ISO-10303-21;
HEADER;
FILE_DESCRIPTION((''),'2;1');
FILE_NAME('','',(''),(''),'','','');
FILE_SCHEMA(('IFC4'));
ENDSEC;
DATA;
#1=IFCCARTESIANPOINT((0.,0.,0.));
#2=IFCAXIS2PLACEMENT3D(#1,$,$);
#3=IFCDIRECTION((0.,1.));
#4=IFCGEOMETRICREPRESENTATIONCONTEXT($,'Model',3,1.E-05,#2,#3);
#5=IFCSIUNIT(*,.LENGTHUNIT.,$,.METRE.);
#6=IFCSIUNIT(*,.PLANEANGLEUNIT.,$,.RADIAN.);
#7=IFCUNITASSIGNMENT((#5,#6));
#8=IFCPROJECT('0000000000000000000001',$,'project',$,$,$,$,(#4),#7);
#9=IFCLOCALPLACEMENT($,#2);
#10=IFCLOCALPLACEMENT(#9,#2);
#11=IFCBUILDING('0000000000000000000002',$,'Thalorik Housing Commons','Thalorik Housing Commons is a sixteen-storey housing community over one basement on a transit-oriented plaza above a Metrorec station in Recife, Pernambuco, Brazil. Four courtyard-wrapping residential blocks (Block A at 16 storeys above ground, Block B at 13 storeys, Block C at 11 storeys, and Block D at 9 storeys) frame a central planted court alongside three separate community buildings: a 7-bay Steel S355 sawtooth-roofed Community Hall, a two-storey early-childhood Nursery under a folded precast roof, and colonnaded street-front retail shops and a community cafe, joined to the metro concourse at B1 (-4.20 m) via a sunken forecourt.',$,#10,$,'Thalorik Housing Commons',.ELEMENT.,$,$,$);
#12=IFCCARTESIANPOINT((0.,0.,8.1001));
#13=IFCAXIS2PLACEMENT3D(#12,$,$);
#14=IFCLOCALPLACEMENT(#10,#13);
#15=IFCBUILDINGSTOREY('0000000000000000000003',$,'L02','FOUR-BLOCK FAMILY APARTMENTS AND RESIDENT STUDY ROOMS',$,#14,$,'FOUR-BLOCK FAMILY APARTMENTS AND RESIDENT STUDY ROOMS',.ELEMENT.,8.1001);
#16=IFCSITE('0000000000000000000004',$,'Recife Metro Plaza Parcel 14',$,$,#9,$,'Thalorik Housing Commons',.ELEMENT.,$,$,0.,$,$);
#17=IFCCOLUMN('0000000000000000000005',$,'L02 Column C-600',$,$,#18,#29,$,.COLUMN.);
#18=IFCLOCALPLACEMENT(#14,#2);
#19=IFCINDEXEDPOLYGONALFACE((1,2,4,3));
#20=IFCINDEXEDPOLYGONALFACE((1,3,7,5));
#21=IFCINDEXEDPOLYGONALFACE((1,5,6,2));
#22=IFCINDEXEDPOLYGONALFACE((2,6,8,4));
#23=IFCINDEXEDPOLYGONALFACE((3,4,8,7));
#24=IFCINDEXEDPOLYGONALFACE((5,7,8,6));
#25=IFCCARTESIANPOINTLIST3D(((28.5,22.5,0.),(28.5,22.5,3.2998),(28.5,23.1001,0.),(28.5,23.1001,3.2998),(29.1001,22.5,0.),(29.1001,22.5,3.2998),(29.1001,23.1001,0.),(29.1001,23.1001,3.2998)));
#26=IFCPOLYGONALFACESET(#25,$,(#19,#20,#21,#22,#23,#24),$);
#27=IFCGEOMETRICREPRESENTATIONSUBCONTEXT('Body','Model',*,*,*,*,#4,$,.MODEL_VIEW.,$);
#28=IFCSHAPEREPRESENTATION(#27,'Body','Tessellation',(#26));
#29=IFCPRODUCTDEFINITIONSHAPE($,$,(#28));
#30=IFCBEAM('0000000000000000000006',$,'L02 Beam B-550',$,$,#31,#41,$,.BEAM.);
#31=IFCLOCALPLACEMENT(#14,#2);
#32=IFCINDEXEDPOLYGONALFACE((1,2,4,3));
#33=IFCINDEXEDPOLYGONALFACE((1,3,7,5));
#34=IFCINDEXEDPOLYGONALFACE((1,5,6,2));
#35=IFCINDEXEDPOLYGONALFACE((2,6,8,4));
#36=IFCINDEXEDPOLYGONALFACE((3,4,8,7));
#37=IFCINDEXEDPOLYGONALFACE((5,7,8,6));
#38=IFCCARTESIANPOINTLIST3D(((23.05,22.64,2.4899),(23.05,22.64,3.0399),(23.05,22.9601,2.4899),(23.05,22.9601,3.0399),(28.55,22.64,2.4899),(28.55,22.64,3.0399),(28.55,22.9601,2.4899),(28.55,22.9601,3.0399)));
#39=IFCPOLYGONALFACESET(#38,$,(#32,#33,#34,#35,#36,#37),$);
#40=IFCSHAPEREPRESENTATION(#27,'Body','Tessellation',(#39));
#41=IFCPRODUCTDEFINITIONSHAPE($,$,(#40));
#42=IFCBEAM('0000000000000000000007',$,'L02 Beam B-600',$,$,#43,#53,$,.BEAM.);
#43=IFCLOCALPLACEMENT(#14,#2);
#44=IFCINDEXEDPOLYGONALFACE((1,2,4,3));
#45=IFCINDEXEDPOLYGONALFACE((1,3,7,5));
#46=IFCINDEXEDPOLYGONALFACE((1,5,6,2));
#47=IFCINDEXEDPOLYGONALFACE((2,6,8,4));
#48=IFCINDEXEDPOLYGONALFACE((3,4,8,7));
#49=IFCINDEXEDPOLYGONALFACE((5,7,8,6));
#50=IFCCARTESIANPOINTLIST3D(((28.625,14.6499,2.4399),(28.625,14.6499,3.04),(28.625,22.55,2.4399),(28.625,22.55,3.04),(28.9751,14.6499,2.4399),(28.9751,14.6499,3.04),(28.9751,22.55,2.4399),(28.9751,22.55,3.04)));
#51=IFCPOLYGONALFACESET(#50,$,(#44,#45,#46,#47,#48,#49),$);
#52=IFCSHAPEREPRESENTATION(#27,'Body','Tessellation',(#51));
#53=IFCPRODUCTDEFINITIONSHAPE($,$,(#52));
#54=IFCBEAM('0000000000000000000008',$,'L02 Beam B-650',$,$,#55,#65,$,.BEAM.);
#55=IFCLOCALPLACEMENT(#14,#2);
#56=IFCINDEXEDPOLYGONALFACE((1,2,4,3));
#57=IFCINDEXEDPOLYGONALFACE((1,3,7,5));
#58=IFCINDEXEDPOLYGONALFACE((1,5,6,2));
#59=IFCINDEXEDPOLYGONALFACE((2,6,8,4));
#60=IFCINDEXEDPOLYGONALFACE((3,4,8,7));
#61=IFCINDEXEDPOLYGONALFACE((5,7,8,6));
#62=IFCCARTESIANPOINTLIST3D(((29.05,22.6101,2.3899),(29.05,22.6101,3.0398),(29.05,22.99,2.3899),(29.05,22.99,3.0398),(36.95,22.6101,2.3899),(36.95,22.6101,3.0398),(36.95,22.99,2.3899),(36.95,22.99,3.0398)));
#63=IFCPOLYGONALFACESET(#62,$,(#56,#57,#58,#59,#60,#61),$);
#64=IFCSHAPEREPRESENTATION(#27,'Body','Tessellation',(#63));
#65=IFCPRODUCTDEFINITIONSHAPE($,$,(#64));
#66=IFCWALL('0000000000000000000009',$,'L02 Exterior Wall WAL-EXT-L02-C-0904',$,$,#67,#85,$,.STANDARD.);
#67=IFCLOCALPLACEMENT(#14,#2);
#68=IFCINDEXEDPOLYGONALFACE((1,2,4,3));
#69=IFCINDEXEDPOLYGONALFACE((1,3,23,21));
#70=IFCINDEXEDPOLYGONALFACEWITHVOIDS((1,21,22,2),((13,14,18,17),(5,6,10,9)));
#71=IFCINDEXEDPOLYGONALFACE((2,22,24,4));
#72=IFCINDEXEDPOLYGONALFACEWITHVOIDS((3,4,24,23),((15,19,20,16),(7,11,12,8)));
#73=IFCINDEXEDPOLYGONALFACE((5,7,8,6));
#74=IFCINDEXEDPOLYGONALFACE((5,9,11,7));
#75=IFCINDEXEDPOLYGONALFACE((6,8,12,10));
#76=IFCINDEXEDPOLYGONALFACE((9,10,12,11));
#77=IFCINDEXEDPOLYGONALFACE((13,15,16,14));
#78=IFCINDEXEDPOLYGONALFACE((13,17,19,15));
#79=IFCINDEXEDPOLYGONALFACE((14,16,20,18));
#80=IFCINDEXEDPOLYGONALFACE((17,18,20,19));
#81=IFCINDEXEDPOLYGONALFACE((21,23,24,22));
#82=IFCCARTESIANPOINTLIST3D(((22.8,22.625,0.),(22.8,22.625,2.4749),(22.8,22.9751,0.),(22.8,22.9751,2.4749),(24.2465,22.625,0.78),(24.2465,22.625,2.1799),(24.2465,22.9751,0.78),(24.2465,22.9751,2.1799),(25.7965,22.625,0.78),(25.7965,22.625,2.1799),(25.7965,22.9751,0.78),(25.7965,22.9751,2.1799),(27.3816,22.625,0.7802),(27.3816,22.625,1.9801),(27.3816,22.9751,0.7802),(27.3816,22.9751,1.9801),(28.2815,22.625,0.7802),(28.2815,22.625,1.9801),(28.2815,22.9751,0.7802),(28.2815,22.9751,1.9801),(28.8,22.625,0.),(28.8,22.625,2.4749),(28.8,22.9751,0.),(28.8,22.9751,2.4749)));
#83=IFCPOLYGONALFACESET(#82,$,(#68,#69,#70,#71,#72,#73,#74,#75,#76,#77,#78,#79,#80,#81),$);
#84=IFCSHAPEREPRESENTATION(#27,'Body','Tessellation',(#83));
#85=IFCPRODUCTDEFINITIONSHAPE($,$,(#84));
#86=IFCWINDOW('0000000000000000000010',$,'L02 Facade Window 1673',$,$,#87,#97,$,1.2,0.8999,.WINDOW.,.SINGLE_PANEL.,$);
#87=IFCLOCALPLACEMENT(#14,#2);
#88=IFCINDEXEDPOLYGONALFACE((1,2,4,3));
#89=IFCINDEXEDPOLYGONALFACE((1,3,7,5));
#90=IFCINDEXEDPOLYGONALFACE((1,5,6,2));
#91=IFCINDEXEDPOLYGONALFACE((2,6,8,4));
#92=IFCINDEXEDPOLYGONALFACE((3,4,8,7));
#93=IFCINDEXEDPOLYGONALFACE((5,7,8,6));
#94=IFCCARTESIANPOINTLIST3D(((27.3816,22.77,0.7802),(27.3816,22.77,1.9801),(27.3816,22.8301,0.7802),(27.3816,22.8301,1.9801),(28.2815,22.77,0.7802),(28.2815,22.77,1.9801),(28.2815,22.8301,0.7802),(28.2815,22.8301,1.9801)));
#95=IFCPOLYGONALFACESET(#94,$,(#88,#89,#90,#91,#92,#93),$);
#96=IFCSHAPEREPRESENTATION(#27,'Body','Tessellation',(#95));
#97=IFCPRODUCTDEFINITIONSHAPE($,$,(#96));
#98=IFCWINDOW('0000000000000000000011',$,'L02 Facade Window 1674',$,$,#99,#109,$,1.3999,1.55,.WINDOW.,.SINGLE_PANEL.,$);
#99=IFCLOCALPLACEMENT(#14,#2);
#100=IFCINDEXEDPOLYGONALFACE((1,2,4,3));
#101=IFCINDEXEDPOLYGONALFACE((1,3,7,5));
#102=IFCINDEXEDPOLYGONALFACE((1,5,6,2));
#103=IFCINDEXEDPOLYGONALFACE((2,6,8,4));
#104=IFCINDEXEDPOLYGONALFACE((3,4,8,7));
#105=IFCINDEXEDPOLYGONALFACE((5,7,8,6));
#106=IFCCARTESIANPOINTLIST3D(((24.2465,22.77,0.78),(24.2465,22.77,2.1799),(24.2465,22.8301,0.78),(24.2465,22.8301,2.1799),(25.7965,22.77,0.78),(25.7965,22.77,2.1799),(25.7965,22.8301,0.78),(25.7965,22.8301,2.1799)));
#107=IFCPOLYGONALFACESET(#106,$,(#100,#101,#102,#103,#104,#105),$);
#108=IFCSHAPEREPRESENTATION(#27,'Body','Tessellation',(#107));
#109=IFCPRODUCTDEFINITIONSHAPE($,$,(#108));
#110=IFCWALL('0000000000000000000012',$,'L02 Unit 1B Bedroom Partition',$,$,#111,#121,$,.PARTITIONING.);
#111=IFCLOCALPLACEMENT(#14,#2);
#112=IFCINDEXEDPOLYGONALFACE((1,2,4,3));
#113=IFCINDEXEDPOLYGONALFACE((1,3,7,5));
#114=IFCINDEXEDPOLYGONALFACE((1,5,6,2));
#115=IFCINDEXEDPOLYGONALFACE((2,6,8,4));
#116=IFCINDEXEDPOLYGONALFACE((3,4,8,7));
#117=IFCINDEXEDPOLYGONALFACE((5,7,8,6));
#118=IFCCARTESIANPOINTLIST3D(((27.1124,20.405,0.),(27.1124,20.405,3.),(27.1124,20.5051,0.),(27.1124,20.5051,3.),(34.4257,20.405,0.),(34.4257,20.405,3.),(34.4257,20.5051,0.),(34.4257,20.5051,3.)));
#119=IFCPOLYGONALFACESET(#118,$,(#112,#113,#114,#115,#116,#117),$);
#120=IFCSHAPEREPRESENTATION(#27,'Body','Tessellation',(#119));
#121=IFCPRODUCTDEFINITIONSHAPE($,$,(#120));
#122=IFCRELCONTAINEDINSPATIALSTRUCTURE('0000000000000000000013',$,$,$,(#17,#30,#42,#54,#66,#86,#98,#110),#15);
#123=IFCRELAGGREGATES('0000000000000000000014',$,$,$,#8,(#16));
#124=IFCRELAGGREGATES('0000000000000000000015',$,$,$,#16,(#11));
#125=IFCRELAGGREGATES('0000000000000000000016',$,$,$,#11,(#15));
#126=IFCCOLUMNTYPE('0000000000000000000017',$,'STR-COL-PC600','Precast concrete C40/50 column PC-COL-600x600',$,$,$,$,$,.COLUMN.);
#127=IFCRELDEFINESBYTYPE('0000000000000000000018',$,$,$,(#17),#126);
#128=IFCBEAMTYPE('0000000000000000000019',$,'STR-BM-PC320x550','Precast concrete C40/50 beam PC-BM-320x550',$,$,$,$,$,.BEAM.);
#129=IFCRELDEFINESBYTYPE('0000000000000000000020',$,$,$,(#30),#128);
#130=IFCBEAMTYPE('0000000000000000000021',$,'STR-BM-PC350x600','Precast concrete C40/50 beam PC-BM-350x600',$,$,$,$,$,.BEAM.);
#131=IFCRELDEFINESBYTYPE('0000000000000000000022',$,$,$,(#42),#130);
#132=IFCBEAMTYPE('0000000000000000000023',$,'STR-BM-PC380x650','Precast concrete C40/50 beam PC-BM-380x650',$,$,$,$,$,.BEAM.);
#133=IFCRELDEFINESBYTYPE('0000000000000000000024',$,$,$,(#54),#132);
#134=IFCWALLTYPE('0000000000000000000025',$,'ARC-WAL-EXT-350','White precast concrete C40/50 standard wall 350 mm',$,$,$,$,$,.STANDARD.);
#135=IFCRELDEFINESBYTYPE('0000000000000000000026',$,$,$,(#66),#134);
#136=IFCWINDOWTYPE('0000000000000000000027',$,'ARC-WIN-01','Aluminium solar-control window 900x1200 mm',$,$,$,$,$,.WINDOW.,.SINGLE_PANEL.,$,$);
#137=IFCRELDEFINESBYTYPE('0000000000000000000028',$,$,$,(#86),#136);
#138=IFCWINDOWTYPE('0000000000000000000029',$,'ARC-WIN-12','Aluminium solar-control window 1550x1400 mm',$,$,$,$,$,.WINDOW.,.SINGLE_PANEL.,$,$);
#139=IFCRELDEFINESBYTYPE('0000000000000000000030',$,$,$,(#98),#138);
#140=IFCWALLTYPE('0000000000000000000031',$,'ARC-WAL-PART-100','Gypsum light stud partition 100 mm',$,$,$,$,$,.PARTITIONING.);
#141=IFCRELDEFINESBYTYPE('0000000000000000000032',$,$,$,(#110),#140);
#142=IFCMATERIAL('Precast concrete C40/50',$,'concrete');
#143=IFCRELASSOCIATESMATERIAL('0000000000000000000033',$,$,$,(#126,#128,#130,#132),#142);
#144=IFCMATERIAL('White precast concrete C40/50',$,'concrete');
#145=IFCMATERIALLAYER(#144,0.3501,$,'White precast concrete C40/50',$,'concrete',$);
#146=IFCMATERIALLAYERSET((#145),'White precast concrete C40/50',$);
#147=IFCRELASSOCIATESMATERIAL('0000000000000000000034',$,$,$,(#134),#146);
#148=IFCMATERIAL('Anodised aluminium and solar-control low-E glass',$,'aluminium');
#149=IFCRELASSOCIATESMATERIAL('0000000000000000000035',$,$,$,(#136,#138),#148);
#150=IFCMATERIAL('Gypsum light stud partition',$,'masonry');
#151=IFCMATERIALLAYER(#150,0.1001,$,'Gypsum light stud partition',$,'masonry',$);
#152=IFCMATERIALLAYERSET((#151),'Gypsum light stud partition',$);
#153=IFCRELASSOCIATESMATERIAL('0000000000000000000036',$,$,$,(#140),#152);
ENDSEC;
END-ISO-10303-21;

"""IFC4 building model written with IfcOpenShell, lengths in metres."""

from ifc_helpers import new_model, si_unit, direction, frame, frame_2d, origin, origin_2d, place, context, subcontext, project, spatial, rectangle, extrude, material, layer, layer_set, material_profile, profile_set, type_object, element, fill, save


model = new_model("IFC4")

# Units and contexts
model_context = context("Model", 3, precision=1e-05, world=origin(), true_north=direction((0.0, 1.0)))
body_context = subcontext(model_context, "Body", "Model", "MODEL_VIEW")
ifc_project = project(units=[si_unit("LENGTHUNIT", "METRE"), si_unit("PLANEANGLEUNIT", "RADIAN")], contexts=[model_context])

# Site, building, storey
site_placement = place(None, origin())
site = spatial("IfcSite", under=ifc_project, at=site_placement, Name="Recife Metro Plaza Parcel 14", LongName="Thalorik Housing Commons", CompositionType="ELEMENT", RefElevation=0.0)
building_placement = place(site_placement, origin())
building = spatial("IfcBuilding", under=site, at=building_placement, Name="Thalorik Housing Commons", Description="Thalorik Housing Commons is a sixteen-storey housing community over one basement on a transit-oriented plaza above a Metrorec station in Recife, Pernambuco, Brazil. Four courtyard-wrapping residential blocks (Block A at 16 storeys above ground, Block B at 13 storeys, Block C at 11 storeys, and Block D at 9 storeys) frame a central planted court alongside three separate community buildings: a 7-bay Steel S355 sawtooth-roofed Community Hall, a two-storey early-childhood Nursery under a folded precast roof, and colonnaded street-front retail shops and a community cafe, joined to the metro concourse at B1 (-4.20 m) via a sunken forecourt.", LongName="Thalorik Housing Commons", CompositionType="ELEMENT")
storey_placement = place(building_placement, frame((0.0, 0.0, 8.1001)))
storey = spatial("IfcBuildingStorey", under=building, at=storey_placement, Name="L02", Description="FOUR-BLOCK FAMILY APARTMENTS AND RESIDENT STUDY ROOMS", LongName="FOUR-BLOCK FAMILY APARTMENTS AND RESIDENT STUDY ROOMS", CompositionType="ELEMENT", Elevation=8.1001)

# Column
ifc_material_1 = material(Name="Precast concrete C40/50", Category="concrete")
ifc_material_profile_1 = material_profile(ifc_material_1, rectangle(XDim=0.6001, YDim=0.6001, at=origin_2d()), Name="PC 600x600", Category="concrete")
ifc_profile_set_1 = profile_set([ifc_material_profile_1], Name="Precast concrete C40/50")
column_type = type_object("IfcColumnType", Name="STR-COL-PC600", Description="Precast concrete C40/50 column PC-COL-600x600", PredefinedType="COLUMN", material=ifc_profile_set_1)
column_placement = place(storey_placement, frame((28.8, 22.8, 0.0), z_axis=(0.0, 0.0, 1.0), x_axis=(1.0, 0.0, 0.0)))
element("IfcColumn", 1, at=column_placement, inside=storey, type_object=column_type, Name="L02 Column C-600", PredefinedType="COLUMN", context=body_context, shape_type="SweptSolid", body=[
    extrude(rectangle(XDim=0.6001, YDim=0.6001, at=origin_2d()), origin(), (0.0, 0.0, 1.0), 3.2998),
])

# Beams
ifc_material_profile_2 = material_profile(ifc_material_1, rectangle(XDim=0.3201, YDim=0.55, at=origin_2d()), Name="PC 320x550", Category="concrete")
ifc_profile_set_2 = profile_set([ifc_material_profile_2], Name="Precast concrete C40/50")
beam_type_1 = type_object("IfcBeamType", Name="STR-BM-PC320x550", Description="Precast concrete C40/50 beam PC-BM-320x550", PredefinedType="BEAM", material=ifc_profile_set_2)
beam_1_placement = place(storey_placement, frame((23.05, 22.8, 2.7649), z_axis=(1.0, 0.0, 0.0), x_axis=(0.0, 1.0, 0.0)))
element("IfcBeam", 2, at=beam_1_placement, inside=storey, type_object=beam_type_1, Name="L02 Beam B-550", PredefinedType="BEAM", context=body_context, shape_type="SweptSolid", body=[
    extrude(rectangle(XDim=0.3201, YDim=0.55, at=origin_2d()), origin(), (0.0, 0.0, 1.0), 5.5),
])
ifc_material_profile_3 = material_profile(ifc_material_1, rectangle(XDim=0.3501, YDim=0.6001, at=origin_2d()), Name="PC 350x600", Category="concrete")
ifc_profile_set_3 = profile_set([ifc_material_profile_3], Name="Precast concrete C40/50")
beam_type_2 = type_object("IfcBeamType", Name="STR-BM-PC350x600", Description="Precast concrete C40/50 beam PC-BM-350x600", PredefinedType="BEAM", material=ifc_profile_set_3)
beam_2_placement = place(storey_placement, frame((28.8, 14.6499, 2.74), z_axis=(0.0, 1.0, 0.0), x_axis=(-1.0, 0.0, 0.0)))
element("IfcBeam", 3, at=beam_2_placement, inside=storey, type_object=beam_type_2, Name="L02 Beam B-600", PredefinedType="BEAM", context=body_context, shape_type="SweptSolid", body=[
    extrude(rectangle(XDim=0.3501, YDim=0.6001, at=origin_2d()), origin(), (0.0, 0.0, 1.0), 7.9001),
])
ifc_material_profile_4 = material_profile(ifc_material_1, rectangle(XDim=0.3799, YDim=0.6499, at=origin_2d()), Name="PC 380x650", Category="concrete")
ifc_profile_set_4 = profile_set([ifc_material_profile_4], Name="Precast concrete C40/50")
beam_type_3 = type_object("IfcBeamType", Name="STR-BM-PC380x650", Description="Precast concrete C40/50 beam PC-BM-380x650", PredefinedType="BEAM", material=ifc_profile_set_4)
beam_3_placement = place(storey_placement, frame((29.05, 22.8, 2.7148), z_axis=(1.0, 0.0, 0.0), x_axis=(0.0, 1.0, 0.0)))
element("IfcBeam", 4, at=beam_3_placement, inside=storey, type_object=beam_type_3, Name="L02 Beam B-650", PredefinedType="BEAM", context=body_context, shape_type="SweptSolid", body=[
    extrude(rectangle(XDim=0.3799, YDim=0.6499, at=origin_2d()), origin(), (0.0, 0.0, 1.0), 7.8999),
])

# Wall, openings, windows
ifc_material_2 = material(Name="White precast concrete C40/50", Category="concrete")
ifc_layer_1 = layer(ifc_material_2, 0.3501, Name="White precast concrete C40/50", Category="concrete")
ifc_layer_set_1 = layer_set([ifc_layer_1], Name="White precast concrete C40/50")
wall_type_1 = type_object("IfcWallType", Name="ARC-WAL-EXT-350", Description="White precast concrete C40/50 standard wall 350 mm", PredefinedType="STANDARD", material=ifc_layer_set_1)
wall_1_placement = place(storey_placement, frame((28.8, 22.8, 0.0), z_axis=(0.0, 0.0, 1.0), x_axis=(-1.0, 0.0, 0.0)))
wall_1 = element("IfcWall", 5, at=wall_1_placement, inside=storey, type_object=wall_type_1, Name="L02 Exterior Wall WAL-EXT-L02-C-0904", PredefinedType="STANDARD", context=body_context, shape_type="SweptSolid", body=[
    extrude(rectangle(XDim=6.0, YDim=0.3501, at=frame_2d((3.0, 0.0))), origin(), (0.0, 0.0, 1.0), 2.4749),
])
opening_1_placement = place(wall_1_placement, frame((0.5186, 0.0, 0.78)))
opening_1 = element("IfcOpeningElement", 6, at=opening_1_placement, cuts=wall_1, PredefinedType="OPENING", context=body_context, shape_type="SweptSolid", body=[
    extrude(rectangle(XDim=0.8999, YDim=1.2, at=frame_2d((0.45, 0.6001))), frame((0.0, 0.1851, 0.0), z_axis=(0.0, -1.0, 0.0), x_axis=(1.0, 0.0, 0.0)), (0.0, 0.0, 1.0), 0.3701),
])
opening_2_placement = place(wall_1_placement, frame((3.0037, 0.0, 0.78)))
opening_2 = element("IfcOpeningElement", 7, at=opening_2_placement, cuts=wall_1, PredefinedType="OPENING", context=body_context, shape_type="SweptSolid", body=[
    extrude(rectangle(XDim=1.55, YDim=1.3999, at=frame_2d((0.7749, 0.7))), frame((0.0, 0.1851, 0.0), z_axis=(0.0, -1.0, 0.0), x_axis=(1.0, 0.0, 0.0)), (0.0, 0.0, 1.0), 0.3701),
])
ifc_material_3 = material(Name="Anodised aluminium and solar-control low-E glass", Category="aluminium")
window_type_1 = type_object("IfcWindowType", Name="ARC-WIN-01", Description="Aluminium solar-control window 900x1200 mm", PartitioningType="SINGLE_PANEL", PredefinedType="WINDOW", material=ifc_material_3)
window_1_placement = place(opening_1_placement, origin())
window_1 = element("IfcWindow", 8, at=window_1_placement, inside=storey, type_object=window_type_1, Name="L02 Facade Window 1673", OverallHeight=1.2, OverallWidth=0.8999, PartitioningType="SINGLE_PANEL", PredefinedType="WINDOW", context=body_context, shape_type="SweptSolid", body=[
    extrude(rectangle(XDim=0.8999, YDim=1.2, at=frame_2d((0.45, 0.6001))), frame((0.0, 0.03, 0.0), z_axis=(0.0, -1.0, 0.0), x_axis=(1.0, 0.0, 0.0)), (0.0, 0.0, 1.0), 0.0601),
])
fill(opening_1, window_1)
window_type_2 = type_object("IfcWindowType", Name="ARC-WIN-12", Description="Aluminium solar-control window 1550x1400 mm", PartitioningType="SINGLE_PANEL", PredefinedType="WINDOW", material=ifc_material_3)
window_2_placement = place(opening_2_placement, origin())
window_2 = element("IfcWindow", 9, at=window_2_placement, inside=storey, type_object=window_type_2, Name="L02 Facade Window 1674", OverallHeight=1.3999, OverallWidth=1.55, PartitioningType="SINGLE_PANEL", PredefinedType="WINDOW", context=body_context, shape_type="SweptSolid", body=[
    extrude(rectangle(XDim=1.55, YDim=1.3999, at=frame_2d((0.7749, 0.7))), frame((0.0, 0.03, 0.0), z_axis=(0.0, -1.0, 0.0), x_axis=(1.0, 0.0, 0.0)), (0.0, 0.0, 1.0), 0.0601),
])
fill(opening_2, window_2)

# Wall
ifc_material_4 = material(Name="Gypsum light stud partition", Category="masonry")
ifc_layer_2 = layer(ifc_material_4, 0.1001, Name="Gypsum light stud partition", Category="masonry")
ifc_layer_set_2 = layer_set([ifc_layer_2], Name="Gypsum light stud partition")
wall_type_2 = type_object("IfcWallType", Name="ARC-WAL-PART-100", Description="Gypsum light stud partition 100 mm", PredefinedType="PARTITIONING", material=ifc_layer_set_2)
wall_2_placement = place(storey_placement, frame((27.1123, 20.4551, 0.0), z_axis=(0.0, 0.0, 1.0), x_axis=(1.0, 0.0, 0.0)))
element("IfcWall", 10, at=wall_2_placement, inside=storey, type_object=wall_type_2, Name="L02 Unit 1B Bedroom Partition", PredefinedType="PARTITIONING", context=body_context, shape_type="SweptSolid", body=[
    extrude(rectangle(XDim=7.3132, YDim=0.1001, at=frame_2d((3.6567, 0.0))), origin(), (0.0, 0.0, 1.0), 3.0),
])

save(model, "model.ifc")
